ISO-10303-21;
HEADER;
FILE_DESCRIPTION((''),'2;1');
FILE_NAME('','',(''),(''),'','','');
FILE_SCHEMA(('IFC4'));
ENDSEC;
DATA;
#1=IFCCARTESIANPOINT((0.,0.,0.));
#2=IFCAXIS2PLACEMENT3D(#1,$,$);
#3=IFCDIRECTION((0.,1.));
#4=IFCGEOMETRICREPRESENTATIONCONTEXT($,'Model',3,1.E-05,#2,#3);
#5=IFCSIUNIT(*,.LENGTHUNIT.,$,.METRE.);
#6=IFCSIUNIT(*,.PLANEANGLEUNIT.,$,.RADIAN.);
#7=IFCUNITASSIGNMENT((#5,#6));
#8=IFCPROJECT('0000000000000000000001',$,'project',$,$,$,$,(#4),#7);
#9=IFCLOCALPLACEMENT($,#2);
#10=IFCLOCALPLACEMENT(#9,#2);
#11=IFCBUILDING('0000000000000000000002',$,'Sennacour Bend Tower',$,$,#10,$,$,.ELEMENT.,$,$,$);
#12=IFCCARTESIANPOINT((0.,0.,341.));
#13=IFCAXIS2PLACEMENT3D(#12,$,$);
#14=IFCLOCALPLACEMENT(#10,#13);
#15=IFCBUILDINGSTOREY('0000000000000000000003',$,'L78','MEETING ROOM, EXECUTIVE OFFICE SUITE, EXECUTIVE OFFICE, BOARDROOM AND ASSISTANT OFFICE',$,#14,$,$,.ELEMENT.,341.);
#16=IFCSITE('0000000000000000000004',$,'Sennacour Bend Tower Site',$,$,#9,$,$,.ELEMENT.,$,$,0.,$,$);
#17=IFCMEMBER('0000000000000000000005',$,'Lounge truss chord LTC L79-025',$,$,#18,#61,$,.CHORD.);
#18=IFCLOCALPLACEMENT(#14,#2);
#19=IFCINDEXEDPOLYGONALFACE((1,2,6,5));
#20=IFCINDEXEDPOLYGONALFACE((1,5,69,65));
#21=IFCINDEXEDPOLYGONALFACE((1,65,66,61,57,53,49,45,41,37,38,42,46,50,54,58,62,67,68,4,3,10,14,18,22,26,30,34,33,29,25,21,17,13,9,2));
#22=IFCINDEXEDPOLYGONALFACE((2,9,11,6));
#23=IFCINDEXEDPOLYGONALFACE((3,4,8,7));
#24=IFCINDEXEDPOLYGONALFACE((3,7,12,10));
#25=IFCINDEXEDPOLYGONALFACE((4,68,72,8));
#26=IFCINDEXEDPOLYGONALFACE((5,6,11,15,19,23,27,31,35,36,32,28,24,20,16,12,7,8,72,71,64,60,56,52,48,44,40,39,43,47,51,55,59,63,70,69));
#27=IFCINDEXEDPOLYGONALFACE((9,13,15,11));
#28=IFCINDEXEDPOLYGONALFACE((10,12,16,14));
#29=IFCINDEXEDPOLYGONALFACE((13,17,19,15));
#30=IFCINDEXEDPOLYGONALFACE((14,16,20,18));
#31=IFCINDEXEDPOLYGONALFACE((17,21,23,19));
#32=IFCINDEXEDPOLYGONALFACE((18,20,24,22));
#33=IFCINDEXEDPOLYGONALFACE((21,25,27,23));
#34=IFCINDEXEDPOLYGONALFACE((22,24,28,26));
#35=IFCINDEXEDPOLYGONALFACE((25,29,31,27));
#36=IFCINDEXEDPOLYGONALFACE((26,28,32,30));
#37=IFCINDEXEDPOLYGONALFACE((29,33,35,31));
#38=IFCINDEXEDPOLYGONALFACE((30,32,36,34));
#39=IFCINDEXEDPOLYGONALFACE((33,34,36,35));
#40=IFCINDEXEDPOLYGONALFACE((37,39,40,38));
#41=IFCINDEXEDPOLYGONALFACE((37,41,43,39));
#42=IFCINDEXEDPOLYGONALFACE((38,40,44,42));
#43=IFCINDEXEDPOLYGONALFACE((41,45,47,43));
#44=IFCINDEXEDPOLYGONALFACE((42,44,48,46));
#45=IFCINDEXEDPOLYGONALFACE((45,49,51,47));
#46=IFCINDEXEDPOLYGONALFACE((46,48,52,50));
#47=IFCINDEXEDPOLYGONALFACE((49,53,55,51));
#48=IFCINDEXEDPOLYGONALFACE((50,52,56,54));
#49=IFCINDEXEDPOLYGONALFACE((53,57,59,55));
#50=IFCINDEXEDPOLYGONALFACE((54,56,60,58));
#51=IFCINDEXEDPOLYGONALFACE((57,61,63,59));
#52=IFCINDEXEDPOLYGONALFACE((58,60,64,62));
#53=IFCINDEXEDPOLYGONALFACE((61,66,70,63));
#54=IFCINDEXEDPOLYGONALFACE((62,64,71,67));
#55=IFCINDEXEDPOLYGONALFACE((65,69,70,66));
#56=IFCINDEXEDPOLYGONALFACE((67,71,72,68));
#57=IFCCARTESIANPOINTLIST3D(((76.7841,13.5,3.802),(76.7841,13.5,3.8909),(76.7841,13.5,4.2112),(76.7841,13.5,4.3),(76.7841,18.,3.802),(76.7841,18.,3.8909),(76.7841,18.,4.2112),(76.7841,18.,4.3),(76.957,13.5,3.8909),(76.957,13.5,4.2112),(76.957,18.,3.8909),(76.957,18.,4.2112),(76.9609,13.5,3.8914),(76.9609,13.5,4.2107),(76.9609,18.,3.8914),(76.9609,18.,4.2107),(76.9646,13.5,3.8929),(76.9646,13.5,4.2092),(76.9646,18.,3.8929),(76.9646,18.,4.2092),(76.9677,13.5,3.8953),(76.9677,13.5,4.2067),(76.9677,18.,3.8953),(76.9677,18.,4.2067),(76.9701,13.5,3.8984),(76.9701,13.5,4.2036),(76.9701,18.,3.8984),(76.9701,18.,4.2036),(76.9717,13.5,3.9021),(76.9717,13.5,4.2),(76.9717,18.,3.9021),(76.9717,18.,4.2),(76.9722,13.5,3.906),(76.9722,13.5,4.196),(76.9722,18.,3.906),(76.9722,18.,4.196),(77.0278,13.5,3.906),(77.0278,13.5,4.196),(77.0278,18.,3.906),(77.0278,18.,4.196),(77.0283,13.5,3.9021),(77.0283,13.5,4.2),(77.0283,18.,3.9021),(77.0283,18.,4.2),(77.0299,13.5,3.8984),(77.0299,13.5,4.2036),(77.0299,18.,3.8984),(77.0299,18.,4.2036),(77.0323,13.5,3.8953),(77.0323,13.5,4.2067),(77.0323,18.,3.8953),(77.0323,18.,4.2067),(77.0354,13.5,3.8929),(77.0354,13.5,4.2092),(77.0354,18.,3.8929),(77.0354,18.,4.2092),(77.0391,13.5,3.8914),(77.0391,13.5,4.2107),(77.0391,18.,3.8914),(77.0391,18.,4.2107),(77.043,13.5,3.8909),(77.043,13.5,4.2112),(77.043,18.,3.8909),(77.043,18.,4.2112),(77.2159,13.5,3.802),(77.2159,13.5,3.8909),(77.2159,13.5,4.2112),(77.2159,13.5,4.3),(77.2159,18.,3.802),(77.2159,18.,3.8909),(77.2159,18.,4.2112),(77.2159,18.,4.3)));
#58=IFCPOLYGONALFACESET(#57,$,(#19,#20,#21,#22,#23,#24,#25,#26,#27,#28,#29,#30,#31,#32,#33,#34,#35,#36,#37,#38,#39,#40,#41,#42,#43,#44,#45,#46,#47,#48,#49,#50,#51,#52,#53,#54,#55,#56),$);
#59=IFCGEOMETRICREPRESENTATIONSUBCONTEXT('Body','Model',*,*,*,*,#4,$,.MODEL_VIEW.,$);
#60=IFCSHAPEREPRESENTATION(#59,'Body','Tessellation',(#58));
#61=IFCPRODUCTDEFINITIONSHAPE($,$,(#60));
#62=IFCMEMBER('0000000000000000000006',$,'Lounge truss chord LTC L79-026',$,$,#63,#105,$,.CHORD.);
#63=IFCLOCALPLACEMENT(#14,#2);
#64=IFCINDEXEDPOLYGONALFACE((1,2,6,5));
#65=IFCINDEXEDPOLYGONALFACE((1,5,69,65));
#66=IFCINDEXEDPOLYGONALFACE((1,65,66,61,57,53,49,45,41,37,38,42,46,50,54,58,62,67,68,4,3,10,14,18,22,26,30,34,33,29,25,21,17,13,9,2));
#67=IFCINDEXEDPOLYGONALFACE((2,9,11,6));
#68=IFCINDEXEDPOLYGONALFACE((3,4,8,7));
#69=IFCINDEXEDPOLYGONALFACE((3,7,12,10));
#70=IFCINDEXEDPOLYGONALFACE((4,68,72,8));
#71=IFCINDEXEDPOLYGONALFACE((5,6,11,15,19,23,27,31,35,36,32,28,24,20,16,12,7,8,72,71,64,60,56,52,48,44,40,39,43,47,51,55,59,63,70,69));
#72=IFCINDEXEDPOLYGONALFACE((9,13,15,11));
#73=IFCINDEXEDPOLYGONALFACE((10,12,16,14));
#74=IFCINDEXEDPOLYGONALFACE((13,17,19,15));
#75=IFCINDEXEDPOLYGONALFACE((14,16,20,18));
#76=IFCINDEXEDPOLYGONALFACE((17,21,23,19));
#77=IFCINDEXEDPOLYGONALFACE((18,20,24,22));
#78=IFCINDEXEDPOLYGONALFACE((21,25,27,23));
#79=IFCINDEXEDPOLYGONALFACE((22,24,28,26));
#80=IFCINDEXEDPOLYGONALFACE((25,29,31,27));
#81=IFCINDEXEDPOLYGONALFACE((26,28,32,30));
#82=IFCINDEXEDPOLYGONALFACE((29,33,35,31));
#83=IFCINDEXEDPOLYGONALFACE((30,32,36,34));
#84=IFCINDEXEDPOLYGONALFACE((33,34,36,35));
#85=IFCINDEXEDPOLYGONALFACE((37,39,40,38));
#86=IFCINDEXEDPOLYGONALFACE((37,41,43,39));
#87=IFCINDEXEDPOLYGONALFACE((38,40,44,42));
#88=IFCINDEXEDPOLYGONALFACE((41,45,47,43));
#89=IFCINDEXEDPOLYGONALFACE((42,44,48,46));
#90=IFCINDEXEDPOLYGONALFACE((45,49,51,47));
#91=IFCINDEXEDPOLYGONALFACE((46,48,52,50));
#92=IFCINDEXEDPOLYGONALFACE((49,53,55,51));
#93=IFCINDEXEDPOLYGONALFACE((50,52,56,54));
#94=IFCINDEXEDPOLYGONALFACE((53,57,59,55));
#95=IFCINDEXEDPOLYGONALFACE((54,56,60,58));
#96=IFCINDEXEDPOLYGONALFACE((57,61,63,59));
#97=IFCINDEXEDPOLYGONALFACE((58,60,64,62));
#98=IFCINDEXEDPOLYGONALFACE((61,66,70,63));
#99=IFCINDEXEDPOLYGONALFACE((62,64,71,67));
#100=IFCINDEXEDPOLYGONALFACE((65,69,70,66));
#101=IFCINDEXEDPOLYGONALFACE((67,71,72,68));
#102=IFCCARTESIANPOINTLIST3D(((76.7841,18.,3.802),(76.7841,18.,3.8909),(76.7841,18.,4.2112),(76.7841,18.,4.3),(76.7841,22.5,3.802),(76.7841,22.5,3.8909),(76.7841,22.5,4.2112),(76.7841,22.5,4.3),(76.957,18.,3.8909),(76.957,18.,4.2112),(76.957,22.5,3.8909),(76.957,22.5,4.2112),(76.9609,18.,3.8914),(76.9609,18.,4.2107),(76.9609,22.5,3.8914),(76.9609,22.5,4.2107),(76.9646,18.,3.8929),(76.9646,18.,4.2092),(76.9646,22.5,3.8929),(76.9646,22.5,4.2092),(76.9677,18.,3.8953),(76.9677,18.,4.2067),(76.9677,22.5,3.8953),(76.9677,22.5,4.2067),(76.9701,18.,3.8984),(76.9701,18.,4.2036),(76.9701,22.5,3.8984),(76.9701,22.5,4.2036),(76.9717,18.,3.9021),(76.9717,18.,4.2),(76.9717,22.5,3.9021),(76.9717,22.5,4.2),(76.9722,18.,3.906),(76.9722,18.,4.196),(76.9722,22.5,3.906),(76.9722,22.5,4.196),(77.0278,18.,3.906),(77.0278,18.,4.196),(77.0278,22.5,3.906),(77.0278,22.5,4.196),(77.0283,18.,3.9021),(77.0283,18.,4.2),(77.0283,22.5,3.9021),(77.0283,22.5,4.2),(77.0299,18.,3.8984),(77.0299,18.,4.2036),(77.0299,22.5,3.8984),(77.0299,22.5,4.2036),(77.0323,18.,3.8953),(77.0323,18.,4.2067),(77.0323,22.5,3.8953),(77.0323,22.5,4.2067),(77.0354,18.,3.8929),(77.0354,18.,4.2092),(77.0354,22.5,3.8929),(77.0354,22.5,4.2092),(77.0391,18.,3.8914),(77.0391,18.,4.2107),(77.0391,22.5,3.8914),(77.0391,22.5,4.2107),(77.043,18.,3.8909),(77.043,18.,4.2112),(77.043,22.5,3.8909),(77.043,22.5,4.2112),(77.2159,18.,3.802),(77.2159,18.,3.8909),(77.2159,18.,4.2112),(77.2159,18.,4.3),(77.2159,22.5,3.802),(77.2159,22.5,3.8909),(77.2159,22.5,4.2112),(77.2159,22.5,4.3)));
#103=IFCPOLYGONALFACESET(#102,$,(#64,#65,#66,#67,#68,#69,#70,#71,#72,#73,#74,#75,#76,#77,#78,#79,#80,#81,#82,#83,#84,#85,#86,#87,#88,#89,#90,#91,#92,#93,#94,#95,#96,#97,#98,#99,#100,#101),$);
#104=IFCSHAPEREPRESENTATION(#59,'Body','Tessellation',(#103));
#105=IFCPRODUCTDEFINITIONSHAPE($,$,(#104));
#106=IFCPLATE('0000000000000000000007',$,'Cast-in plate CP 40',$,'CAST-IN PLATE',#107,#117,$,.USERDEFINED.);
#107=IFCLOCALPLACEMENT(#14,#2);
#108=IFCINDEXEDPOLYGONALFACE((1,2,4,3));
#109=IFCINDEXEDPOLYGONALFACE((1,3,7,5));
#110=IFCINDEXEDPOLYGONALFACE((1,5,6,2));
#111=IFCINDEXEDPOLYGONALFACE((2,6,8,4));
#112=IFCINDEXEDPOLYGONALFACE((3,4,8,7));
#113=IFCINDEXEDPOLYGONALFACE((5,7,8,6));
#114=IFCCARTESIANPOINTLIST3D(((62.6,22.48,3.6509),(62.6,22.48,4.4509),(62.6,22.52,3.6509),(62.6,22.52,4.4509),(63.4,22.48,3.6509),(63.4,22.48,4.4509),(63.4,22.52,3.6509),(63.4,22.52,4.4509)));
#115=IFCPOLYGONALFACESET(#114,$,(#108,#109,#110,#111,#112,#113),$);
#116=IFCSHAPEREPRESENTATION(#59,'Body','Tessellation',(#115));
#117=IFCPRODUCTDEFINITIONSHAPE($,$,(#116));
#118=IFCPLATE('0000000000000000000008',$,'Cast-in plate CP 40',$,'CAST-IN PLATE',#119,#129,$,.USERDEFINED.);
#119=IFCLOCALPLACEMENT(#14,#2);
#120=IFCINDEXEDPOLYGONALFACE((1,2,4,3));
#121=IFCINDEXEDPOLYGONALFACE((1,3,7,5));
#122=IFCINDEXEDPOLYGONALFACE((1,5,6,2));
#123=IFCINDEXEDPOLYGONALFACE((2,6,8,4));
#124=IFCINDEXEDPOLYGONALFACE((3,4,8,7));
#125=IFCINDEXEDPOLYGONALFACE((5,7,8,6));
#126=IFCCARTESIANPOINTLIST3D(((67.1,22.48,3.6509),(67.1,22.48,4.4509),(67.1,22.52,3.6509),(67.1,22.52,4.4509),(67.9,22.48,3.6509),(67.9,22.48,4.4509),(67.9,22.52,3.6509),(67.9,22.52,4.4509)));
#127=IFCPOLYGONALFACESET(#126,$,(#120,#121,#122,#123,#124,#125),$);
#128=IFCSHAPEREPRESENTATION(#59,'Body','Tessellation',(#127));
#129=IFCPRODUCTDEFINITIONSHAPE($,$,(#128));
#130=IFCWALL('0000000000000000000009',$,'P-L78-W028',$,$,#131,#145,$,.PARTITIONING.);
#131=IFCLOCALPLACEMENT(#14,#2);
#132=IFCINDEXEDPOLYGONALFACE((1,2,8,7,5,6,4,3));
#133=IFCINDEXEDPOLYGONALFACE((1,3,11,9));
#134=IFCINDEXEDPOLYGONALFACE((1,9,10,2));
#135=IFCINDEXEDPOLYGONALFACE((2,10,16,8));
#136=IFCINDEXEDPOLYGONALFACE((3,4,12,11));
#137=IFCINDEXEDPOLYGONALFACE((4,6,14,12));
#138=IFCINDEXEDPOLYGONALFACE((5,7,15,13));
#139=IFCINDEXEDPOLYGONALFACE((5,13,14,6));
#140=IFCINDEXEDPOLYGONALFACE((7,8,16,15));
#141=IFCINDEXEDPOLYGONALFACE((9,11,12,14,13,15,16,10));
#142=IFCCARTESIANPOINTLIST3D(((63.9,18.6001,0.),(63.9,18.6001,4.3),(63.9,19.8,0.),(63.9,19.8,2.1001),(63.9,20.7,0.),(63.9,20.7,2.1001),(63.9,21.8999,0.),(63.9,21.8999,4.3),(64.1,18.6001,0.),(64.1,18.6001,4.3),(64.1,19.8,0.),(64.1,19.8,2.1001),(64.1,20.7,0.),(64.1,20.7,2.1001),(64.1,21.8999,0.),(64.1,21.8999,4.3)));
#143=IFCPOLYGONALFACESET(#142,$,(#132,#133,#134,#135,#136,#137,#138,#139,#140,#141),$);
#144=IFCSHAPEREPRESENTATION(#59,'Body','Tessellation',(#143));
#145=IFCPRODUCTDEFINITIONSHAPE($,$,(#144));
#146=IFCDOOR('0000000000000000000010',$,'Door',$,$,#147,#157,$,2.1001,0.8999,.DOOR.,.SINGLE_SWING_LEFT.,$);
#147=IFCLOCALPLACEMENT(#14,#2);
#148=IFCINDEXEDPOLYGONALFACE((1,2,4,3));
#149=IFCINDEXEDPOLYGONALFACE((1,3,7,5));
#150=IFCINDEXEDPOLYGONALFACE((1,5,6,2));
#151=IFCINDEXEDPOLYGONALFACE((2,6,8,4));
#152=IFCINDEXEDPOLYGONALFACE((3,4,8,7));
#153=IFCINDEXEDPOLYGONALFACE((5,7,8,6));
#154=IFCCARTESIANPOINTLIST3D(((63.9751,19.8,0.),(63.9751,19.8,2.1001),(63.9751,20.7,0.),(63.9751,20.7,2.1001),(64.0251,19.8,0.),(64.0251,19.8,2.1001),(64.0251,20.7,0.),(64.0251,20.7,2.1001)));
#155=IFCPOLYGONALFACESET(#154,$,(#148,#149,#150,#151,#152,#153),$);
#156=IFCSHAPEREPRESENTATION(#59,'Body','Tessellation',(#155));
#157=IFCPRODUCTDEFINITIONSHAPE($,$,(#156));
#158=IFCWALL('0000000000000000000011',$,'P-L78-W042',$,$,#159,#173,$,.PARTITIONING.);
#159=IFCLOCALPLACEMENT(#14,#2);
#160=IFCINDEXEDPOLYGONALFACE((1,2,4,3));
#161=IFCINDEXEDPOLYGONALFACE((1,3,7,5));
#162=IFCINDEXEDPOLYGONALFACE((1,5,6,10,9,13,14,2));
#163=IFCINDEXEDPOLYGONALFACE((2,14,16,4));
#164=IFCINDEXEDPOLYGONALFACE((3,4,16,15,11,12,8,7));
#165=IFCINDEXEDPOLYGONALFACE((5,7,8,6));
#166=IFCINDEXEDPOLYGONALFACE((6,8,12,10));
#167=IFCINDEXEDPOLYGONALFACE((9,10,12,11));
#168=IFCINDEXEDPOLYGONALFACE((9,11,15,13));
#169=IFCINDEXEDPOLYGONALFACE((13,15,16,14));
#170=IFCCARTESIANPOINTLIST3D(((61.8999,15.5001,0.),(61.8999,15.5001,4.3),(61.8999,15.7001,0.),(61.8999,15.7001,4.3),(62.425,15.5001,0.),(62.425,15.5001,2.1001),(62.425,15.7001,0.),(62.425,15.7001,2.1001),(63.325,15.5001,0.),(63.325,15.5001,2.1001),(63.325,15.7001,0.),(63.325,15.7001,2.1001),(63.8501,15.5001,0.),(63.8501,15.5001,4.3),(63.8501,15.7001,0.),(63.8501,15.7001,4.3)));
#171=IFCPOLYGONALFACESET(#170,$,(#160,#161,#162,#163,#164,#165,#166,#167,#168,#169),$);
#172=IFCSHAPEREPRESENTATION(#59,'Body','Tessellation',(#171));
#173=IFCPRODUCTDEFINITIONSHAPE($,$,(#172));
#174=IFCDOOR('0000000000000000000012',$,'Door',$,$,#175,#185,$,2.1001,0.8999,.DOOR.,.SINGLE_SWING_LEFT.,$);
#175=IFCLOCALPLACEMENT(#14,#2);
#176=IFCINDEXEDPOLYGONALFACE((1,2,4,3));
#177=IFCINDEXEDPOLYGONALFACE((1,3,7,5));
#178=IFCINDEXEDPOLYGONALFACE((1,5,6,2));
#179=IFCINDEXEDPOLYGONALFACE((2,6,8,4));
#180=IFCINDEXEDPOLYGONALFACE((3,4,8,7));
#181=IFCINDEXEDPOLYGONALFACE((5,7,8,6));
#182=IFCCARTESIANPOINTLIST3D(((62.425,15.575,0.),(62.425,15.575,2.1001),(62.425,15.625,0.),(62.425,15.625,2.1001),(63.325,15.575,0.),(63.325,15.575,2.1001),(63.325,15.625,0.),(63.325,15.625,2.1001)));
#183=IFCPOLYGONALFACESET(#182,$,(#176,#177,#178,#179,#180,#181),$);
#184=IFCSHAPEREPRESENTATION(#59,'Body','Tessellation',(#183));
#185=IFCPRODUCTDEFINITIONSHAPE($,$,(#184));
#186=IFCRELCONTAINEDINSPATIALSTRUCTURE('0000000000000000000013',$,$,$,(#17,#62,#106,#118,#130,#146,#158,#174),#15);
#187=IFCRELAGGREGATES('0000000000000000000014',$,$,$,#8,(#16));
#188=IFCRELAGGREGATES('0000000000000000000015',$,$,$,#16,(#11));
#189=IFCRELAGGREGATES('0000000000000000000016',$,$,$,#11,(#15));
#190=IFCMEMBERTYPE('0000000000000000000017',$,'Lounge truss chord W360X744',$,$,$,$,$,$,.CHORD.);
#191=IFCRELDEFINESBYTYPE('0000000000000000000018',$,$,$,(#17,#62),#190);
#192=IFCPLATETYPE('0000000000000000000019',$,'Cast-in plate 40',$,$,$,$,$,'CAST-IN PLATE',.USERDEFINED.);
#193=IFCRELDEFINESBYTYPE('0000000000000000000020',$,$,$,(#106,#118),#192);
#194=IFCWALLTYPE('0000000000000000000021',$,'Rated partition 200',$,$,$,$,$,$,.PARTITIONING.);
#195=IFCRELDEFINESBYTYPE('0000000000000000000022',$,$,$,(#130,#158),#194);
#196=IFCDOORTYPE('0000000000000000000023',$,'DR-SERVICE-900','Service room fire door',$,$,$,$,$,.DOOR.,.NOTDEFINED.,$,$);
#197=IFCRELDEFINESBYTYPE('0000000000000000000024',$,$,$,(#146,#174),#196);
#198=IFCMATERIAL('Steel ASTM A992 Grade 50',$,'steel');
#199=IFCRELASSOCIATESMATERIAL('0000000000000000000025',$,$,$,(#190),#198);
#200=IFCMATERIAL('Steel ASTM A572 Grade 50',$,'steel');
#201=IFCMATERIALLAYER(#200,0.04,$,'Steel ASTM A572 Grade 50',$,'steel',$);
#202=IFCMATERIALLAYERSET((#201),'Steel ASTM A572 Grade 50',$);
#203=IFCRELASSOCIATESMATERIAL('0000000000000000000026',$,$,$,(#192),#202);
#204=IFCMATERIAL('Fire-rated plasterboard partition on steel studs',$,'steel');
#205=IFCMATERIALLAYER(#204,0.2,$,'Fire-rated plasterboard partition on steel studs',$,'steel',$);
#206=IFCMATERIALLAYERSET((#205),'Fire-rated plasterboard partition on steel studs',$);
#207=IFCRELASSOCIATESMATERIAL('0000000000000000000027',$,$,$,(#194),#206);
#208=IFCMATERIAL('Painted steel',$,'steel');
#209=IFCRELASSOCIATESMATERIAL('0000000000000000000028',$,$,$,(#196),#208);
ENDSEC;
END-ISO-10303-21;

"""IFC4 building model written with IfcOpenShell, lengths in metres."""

from ifc_helpers import new_model, si_unit, direction, frame, frame_2d, origin, origin_2d, place, context, subcontext, project, spatial, rectangle, i_section, extrude, material, layer, layer_set, material_profile, profile_set, type_object, element, fill, save


model = new_model("IFC4")

# Units and contexts
model_context = context("Model", 3, precision=1e-05, world=origin(), true_north=direction((0.0, 1.0)))
body_context = subcontext(model_context, "Body", "Model", "MODEL_VIEW")
ifc_project = project(units=[si_unit("LENGTHUNIT", "METRE"), si_unit("PLANEANGLEUNIT", "RADIAN")], contexts=[model_context])

# Site, building, storey
site_placement = place(None, origin())
site = spatial("IfcSite", under=ifc_project, at=site_placement, Name="Sennacour Bend Tower Site", CompositionType="ELEMENT", RefElevation=0.0)
building_placement = place(site_placement, origin())
building = spatial("IfcBuilding", under=site, at=building_placement, Name="Sennacour Bend Tower", CompositionType="ELEMENT")
storey_placement = place(building_placement, frame((0.0, 0.0, 341.0)))
storey = spatial("IfcBuildingStorey", under=building, at=storey_placement, Name="L78", Description="MEETING ROOM, EXECUTIVE OFFICE SUITE, EXECUTIVE OFFICE, BOARDROOM AND ASSISTANT OFFICE", CompositionType="ELEMENT", Elevation=341.0)

# Members
ifc_material_1 = material(Name="Steel ASTM A992 Grade 50", Category="steel")
ifc_material_profile = material_profile(ifc_material_1, i_section(OverallWidth=0.4319, OverallDepth=0.498, WebThickness=0.0557, FlangeThickness=0.0889, FilletRadius=0.0151, at=origin_2d()), Name="Steel ASTM A992 Grade 50", Category="steel")
ifc_profile_set = profile_set([ifc_material_profile], Name="Steel ASTM A992 Grade 50")
member_type = type_object("IfcMemberType", Name="Lounge truss chord W360X744", PredefinedType="CHORD", material=ifc_profile_set)
for number, where, z_axis, x_axis, name in (
    (1, (77.0, 13.5, 4.051), (0.0, 1.0, 0.0), (-1.0, 0.0, 0.0), "Lounge truss chord LTC L79-025"),
    (2, (77.0, 18.0, 4.051), (0.0, 1.0, 0.0), (-1.0, 0.0, 0.0), "Lounge truss chord LTC L79-026"),
):
    element("IfcMember", number, at=place(storey_placement, frame(where, z_axis=z_axis, x_axis=x_axis)), inside=storey, type_object=member_type, Name=name, PredefinedType="CHORD", context=body_context, shape_type="SweptSolid", body=[
        extrude(i_section(OverallWidth=0.4319, OverallDepth=0.498, WebThickness=0.0557, FlangeThickness=0.0889, FilletRadius=0.0151, at=origin_2d()), origin(), (0.0, 0.0, 1.0), 4.5),
    ])

# Plates
ifc_material_2 = material(Name="Steel ASTM A572 Grade 50", Category="steel")
ifc_layer_1 = layer(ifc_material_2, 0.04, Name="Steel ASTM A572 Grade 50", Category="steel")
ifc_layer_set_1 = layer_set([ifc_layer_1], Name="Steel ASTM A572 Grade 50")
plate_type = type_object("IfcPlateType", Name="Cast-in plate 40", ElementType="CAST-IN PLATE", PredefinedType="USERDEFINED", material=ifc_layer_set_1)
for number, where, z_axis, x_axis, name in (
    (3, (63.0, 22.5, 3.6509), (0.0, 0.0, 1.0), (1.0, 0.0, 0.0), "Cast-in plate CP 40"),
    (4, (67.5, 22.5, 3.6509), (0.0, 0.0, 1.0), (1.0, 0.0, 0.0), "Cast-in plate CP 40"),
):
    element("IfcPlate", number, at=place(storey_placement, frame(where, z_axis=z_axis, x_axis=x_axis)), inside=storey, type_object=plate_type, Name=name, ObjectType="CAST-IN PLATE", PredefinedType="USERDEFINED", context=body_context, shape_type="SweptSolid", body=[
        extrude(rectangle(XDim=0.8, YDim=0.04, at=origin_2d()), origin(), (0.0, 0.0, 1.0), 0.8),
    ])

# Walls, openings, doors
ifc_material_3 = material(Name="Fire-rated plasterboard partition on steel studs", Category="steel")
ifc_layer_2 = layer(ifc_material_3, 0.2, Name="Fire-rated plasterboard partition on steel studs", Category="steel")
ifc_layer_set_2 = layer_set([ifc_layer_2], Name="Fire-rated plasterboard partition on steel studs")
wall_type_1 = type_object("IfcWallType", Name="Rated partition 200", PredefinedType="PARTITIONING", material=ifc_layer_set_2)
wall_1_placement = place(storey_placement, frame((64.0, 18.6001, 0.0), z_axis=(0.0, 0.0, 1.0), x_axis=(0.0, 1.0, 0.0)))
wall_1 = element("IfcWall", 5, at=wall_1_placement, inside=storey, type_object=wall_type_1, Name="P-L78-W028", PredefinedType="PARTITIONING", context=body_context, shape_type="SweptSolid", body=[
    extrude(rectangle(XDim=3.2998, YDim=0.2, at=frame_2d((1.6499, 0.0))), origin(), (0.0, 0.0, 1.0), 4.3),
])
opening_1_placement = place(wall_1_placement, frame((1.2, 0.0, 0.0)))
opening_1 = element("IfcOpeningElement", 6, at=opening_1_placement, cuts=wall_1, PredefinedType="OPENING", context=body_context, shape_type="SweptSolid", body=[
    extrude(rectangle(XDim=0.8999, YDim=2.1001, at=frame_2d((0.45, 1.05))), frame((0.0, 0.1099, 0.0), z_axis=(0.0, -1.0, 0.0), x_axis=(1.0, 0.0, 0.0)), (0.0, 0.0, 1.0), 0.22),
])
ifc_material_4 = material(Name="Painted steel", Category="steel")
door_type_1 = type_object("IfcDoorType", Name="DR-SERVICE-900", Description="Service room fire door", OperationType="NOTDEFINED", PredefinedType="DOOR", material=ifc_material_4)
door_1_placement = place(opening_1_placement, origin())
door_1 = element("IfcDoor", 7, at=door_1_placement, inside=storey, type_object=door_type_1, Name="Door", OperationType="SINGLE_SWING_LEFT", OverallHeight=2.1001, OverallWidth=0.8999, PredefinedType="DOOR", context=body_context, shape_type="SweptSolid", body=[
    extrude(rectangle(XDim=0.8999, YDim=2.1001, at=frame_2d((0.45, 1.05))), frame((0.0, 0.0249, 0.0), z_axis=(0.0, -1.0, 0.0), x_axis=(1.0, 0.0, 0.0)), (0.0, 0.0, 1.0), 0.05),
])
fill(opening_1, door_1)
wall_2_placement = place(storey_placement, frame((61.8999, 15.6001, 0.0), z_axis=(0.0, 0.0, 1.0), x_axis=(1.0, 0.0, 0.0)))
wall_2 = element("IfcWall", 8, at=wall_2_placement, inside=storey, type_object=wall_type_1, Name="P-L78-W042", PredefinedType="PARTITIONING", context=body_context, shape_type="SweptSolid", body=[
    extrude(rectangle(XDim=1.9502, YDim=0.2, at=frame_2d((0.9751, 0.0))), origin(), (0.0, 0.0, 1.0), 4.3),
])
opening_2_placement = place(wall_2_placement, frame((0.5251, 0.0, 0.0)))
opening_2 = element("IfcOpeningElement", 9, at=opening_2_placement, cuts=wall_2, PredefinedType="OPENING", context=body_context, shape_type="SweptSolid", body=[
    extrude(rectangle(XDim=0.8999, YDim=2.1001, at=frame_2d((0.45, 1.05))), frame((0.0, 0.1099, 0.0), z_axis=(0.0, -1.0, 0.0), x_axis=(1.0, 0.0, 0.0)), (0.0, 0.0, 1.0), 0.22),
])
door_2_placement = place(opening_2_placement, origin())
door_2 = element("IfcDoor", 10, at=door_2_placement, inside=storey, type_object=door_type_1, Name="Door", OperationType="SINGLE_SWING_LEFT", OverallHeight=2.1001, OverallWidth=0.8999, PredefinedType="DOOR", context=body_context, shape_type="SweptSolid", body=[
    extrude(rectangle(XDim=0.8999, YDim=2.1001, at=frame_2d((0.45, 1.05))), frame((0.0, 0.0249, 0.0), z_axis=(0.0, -1.0, 0.0), x_axis=(1.0, 0.0, 0.0)), (0.0, 0.0, 1.0), 0.05),
])
fill(opening_2, door_2)

save(model, "model.ifc")
